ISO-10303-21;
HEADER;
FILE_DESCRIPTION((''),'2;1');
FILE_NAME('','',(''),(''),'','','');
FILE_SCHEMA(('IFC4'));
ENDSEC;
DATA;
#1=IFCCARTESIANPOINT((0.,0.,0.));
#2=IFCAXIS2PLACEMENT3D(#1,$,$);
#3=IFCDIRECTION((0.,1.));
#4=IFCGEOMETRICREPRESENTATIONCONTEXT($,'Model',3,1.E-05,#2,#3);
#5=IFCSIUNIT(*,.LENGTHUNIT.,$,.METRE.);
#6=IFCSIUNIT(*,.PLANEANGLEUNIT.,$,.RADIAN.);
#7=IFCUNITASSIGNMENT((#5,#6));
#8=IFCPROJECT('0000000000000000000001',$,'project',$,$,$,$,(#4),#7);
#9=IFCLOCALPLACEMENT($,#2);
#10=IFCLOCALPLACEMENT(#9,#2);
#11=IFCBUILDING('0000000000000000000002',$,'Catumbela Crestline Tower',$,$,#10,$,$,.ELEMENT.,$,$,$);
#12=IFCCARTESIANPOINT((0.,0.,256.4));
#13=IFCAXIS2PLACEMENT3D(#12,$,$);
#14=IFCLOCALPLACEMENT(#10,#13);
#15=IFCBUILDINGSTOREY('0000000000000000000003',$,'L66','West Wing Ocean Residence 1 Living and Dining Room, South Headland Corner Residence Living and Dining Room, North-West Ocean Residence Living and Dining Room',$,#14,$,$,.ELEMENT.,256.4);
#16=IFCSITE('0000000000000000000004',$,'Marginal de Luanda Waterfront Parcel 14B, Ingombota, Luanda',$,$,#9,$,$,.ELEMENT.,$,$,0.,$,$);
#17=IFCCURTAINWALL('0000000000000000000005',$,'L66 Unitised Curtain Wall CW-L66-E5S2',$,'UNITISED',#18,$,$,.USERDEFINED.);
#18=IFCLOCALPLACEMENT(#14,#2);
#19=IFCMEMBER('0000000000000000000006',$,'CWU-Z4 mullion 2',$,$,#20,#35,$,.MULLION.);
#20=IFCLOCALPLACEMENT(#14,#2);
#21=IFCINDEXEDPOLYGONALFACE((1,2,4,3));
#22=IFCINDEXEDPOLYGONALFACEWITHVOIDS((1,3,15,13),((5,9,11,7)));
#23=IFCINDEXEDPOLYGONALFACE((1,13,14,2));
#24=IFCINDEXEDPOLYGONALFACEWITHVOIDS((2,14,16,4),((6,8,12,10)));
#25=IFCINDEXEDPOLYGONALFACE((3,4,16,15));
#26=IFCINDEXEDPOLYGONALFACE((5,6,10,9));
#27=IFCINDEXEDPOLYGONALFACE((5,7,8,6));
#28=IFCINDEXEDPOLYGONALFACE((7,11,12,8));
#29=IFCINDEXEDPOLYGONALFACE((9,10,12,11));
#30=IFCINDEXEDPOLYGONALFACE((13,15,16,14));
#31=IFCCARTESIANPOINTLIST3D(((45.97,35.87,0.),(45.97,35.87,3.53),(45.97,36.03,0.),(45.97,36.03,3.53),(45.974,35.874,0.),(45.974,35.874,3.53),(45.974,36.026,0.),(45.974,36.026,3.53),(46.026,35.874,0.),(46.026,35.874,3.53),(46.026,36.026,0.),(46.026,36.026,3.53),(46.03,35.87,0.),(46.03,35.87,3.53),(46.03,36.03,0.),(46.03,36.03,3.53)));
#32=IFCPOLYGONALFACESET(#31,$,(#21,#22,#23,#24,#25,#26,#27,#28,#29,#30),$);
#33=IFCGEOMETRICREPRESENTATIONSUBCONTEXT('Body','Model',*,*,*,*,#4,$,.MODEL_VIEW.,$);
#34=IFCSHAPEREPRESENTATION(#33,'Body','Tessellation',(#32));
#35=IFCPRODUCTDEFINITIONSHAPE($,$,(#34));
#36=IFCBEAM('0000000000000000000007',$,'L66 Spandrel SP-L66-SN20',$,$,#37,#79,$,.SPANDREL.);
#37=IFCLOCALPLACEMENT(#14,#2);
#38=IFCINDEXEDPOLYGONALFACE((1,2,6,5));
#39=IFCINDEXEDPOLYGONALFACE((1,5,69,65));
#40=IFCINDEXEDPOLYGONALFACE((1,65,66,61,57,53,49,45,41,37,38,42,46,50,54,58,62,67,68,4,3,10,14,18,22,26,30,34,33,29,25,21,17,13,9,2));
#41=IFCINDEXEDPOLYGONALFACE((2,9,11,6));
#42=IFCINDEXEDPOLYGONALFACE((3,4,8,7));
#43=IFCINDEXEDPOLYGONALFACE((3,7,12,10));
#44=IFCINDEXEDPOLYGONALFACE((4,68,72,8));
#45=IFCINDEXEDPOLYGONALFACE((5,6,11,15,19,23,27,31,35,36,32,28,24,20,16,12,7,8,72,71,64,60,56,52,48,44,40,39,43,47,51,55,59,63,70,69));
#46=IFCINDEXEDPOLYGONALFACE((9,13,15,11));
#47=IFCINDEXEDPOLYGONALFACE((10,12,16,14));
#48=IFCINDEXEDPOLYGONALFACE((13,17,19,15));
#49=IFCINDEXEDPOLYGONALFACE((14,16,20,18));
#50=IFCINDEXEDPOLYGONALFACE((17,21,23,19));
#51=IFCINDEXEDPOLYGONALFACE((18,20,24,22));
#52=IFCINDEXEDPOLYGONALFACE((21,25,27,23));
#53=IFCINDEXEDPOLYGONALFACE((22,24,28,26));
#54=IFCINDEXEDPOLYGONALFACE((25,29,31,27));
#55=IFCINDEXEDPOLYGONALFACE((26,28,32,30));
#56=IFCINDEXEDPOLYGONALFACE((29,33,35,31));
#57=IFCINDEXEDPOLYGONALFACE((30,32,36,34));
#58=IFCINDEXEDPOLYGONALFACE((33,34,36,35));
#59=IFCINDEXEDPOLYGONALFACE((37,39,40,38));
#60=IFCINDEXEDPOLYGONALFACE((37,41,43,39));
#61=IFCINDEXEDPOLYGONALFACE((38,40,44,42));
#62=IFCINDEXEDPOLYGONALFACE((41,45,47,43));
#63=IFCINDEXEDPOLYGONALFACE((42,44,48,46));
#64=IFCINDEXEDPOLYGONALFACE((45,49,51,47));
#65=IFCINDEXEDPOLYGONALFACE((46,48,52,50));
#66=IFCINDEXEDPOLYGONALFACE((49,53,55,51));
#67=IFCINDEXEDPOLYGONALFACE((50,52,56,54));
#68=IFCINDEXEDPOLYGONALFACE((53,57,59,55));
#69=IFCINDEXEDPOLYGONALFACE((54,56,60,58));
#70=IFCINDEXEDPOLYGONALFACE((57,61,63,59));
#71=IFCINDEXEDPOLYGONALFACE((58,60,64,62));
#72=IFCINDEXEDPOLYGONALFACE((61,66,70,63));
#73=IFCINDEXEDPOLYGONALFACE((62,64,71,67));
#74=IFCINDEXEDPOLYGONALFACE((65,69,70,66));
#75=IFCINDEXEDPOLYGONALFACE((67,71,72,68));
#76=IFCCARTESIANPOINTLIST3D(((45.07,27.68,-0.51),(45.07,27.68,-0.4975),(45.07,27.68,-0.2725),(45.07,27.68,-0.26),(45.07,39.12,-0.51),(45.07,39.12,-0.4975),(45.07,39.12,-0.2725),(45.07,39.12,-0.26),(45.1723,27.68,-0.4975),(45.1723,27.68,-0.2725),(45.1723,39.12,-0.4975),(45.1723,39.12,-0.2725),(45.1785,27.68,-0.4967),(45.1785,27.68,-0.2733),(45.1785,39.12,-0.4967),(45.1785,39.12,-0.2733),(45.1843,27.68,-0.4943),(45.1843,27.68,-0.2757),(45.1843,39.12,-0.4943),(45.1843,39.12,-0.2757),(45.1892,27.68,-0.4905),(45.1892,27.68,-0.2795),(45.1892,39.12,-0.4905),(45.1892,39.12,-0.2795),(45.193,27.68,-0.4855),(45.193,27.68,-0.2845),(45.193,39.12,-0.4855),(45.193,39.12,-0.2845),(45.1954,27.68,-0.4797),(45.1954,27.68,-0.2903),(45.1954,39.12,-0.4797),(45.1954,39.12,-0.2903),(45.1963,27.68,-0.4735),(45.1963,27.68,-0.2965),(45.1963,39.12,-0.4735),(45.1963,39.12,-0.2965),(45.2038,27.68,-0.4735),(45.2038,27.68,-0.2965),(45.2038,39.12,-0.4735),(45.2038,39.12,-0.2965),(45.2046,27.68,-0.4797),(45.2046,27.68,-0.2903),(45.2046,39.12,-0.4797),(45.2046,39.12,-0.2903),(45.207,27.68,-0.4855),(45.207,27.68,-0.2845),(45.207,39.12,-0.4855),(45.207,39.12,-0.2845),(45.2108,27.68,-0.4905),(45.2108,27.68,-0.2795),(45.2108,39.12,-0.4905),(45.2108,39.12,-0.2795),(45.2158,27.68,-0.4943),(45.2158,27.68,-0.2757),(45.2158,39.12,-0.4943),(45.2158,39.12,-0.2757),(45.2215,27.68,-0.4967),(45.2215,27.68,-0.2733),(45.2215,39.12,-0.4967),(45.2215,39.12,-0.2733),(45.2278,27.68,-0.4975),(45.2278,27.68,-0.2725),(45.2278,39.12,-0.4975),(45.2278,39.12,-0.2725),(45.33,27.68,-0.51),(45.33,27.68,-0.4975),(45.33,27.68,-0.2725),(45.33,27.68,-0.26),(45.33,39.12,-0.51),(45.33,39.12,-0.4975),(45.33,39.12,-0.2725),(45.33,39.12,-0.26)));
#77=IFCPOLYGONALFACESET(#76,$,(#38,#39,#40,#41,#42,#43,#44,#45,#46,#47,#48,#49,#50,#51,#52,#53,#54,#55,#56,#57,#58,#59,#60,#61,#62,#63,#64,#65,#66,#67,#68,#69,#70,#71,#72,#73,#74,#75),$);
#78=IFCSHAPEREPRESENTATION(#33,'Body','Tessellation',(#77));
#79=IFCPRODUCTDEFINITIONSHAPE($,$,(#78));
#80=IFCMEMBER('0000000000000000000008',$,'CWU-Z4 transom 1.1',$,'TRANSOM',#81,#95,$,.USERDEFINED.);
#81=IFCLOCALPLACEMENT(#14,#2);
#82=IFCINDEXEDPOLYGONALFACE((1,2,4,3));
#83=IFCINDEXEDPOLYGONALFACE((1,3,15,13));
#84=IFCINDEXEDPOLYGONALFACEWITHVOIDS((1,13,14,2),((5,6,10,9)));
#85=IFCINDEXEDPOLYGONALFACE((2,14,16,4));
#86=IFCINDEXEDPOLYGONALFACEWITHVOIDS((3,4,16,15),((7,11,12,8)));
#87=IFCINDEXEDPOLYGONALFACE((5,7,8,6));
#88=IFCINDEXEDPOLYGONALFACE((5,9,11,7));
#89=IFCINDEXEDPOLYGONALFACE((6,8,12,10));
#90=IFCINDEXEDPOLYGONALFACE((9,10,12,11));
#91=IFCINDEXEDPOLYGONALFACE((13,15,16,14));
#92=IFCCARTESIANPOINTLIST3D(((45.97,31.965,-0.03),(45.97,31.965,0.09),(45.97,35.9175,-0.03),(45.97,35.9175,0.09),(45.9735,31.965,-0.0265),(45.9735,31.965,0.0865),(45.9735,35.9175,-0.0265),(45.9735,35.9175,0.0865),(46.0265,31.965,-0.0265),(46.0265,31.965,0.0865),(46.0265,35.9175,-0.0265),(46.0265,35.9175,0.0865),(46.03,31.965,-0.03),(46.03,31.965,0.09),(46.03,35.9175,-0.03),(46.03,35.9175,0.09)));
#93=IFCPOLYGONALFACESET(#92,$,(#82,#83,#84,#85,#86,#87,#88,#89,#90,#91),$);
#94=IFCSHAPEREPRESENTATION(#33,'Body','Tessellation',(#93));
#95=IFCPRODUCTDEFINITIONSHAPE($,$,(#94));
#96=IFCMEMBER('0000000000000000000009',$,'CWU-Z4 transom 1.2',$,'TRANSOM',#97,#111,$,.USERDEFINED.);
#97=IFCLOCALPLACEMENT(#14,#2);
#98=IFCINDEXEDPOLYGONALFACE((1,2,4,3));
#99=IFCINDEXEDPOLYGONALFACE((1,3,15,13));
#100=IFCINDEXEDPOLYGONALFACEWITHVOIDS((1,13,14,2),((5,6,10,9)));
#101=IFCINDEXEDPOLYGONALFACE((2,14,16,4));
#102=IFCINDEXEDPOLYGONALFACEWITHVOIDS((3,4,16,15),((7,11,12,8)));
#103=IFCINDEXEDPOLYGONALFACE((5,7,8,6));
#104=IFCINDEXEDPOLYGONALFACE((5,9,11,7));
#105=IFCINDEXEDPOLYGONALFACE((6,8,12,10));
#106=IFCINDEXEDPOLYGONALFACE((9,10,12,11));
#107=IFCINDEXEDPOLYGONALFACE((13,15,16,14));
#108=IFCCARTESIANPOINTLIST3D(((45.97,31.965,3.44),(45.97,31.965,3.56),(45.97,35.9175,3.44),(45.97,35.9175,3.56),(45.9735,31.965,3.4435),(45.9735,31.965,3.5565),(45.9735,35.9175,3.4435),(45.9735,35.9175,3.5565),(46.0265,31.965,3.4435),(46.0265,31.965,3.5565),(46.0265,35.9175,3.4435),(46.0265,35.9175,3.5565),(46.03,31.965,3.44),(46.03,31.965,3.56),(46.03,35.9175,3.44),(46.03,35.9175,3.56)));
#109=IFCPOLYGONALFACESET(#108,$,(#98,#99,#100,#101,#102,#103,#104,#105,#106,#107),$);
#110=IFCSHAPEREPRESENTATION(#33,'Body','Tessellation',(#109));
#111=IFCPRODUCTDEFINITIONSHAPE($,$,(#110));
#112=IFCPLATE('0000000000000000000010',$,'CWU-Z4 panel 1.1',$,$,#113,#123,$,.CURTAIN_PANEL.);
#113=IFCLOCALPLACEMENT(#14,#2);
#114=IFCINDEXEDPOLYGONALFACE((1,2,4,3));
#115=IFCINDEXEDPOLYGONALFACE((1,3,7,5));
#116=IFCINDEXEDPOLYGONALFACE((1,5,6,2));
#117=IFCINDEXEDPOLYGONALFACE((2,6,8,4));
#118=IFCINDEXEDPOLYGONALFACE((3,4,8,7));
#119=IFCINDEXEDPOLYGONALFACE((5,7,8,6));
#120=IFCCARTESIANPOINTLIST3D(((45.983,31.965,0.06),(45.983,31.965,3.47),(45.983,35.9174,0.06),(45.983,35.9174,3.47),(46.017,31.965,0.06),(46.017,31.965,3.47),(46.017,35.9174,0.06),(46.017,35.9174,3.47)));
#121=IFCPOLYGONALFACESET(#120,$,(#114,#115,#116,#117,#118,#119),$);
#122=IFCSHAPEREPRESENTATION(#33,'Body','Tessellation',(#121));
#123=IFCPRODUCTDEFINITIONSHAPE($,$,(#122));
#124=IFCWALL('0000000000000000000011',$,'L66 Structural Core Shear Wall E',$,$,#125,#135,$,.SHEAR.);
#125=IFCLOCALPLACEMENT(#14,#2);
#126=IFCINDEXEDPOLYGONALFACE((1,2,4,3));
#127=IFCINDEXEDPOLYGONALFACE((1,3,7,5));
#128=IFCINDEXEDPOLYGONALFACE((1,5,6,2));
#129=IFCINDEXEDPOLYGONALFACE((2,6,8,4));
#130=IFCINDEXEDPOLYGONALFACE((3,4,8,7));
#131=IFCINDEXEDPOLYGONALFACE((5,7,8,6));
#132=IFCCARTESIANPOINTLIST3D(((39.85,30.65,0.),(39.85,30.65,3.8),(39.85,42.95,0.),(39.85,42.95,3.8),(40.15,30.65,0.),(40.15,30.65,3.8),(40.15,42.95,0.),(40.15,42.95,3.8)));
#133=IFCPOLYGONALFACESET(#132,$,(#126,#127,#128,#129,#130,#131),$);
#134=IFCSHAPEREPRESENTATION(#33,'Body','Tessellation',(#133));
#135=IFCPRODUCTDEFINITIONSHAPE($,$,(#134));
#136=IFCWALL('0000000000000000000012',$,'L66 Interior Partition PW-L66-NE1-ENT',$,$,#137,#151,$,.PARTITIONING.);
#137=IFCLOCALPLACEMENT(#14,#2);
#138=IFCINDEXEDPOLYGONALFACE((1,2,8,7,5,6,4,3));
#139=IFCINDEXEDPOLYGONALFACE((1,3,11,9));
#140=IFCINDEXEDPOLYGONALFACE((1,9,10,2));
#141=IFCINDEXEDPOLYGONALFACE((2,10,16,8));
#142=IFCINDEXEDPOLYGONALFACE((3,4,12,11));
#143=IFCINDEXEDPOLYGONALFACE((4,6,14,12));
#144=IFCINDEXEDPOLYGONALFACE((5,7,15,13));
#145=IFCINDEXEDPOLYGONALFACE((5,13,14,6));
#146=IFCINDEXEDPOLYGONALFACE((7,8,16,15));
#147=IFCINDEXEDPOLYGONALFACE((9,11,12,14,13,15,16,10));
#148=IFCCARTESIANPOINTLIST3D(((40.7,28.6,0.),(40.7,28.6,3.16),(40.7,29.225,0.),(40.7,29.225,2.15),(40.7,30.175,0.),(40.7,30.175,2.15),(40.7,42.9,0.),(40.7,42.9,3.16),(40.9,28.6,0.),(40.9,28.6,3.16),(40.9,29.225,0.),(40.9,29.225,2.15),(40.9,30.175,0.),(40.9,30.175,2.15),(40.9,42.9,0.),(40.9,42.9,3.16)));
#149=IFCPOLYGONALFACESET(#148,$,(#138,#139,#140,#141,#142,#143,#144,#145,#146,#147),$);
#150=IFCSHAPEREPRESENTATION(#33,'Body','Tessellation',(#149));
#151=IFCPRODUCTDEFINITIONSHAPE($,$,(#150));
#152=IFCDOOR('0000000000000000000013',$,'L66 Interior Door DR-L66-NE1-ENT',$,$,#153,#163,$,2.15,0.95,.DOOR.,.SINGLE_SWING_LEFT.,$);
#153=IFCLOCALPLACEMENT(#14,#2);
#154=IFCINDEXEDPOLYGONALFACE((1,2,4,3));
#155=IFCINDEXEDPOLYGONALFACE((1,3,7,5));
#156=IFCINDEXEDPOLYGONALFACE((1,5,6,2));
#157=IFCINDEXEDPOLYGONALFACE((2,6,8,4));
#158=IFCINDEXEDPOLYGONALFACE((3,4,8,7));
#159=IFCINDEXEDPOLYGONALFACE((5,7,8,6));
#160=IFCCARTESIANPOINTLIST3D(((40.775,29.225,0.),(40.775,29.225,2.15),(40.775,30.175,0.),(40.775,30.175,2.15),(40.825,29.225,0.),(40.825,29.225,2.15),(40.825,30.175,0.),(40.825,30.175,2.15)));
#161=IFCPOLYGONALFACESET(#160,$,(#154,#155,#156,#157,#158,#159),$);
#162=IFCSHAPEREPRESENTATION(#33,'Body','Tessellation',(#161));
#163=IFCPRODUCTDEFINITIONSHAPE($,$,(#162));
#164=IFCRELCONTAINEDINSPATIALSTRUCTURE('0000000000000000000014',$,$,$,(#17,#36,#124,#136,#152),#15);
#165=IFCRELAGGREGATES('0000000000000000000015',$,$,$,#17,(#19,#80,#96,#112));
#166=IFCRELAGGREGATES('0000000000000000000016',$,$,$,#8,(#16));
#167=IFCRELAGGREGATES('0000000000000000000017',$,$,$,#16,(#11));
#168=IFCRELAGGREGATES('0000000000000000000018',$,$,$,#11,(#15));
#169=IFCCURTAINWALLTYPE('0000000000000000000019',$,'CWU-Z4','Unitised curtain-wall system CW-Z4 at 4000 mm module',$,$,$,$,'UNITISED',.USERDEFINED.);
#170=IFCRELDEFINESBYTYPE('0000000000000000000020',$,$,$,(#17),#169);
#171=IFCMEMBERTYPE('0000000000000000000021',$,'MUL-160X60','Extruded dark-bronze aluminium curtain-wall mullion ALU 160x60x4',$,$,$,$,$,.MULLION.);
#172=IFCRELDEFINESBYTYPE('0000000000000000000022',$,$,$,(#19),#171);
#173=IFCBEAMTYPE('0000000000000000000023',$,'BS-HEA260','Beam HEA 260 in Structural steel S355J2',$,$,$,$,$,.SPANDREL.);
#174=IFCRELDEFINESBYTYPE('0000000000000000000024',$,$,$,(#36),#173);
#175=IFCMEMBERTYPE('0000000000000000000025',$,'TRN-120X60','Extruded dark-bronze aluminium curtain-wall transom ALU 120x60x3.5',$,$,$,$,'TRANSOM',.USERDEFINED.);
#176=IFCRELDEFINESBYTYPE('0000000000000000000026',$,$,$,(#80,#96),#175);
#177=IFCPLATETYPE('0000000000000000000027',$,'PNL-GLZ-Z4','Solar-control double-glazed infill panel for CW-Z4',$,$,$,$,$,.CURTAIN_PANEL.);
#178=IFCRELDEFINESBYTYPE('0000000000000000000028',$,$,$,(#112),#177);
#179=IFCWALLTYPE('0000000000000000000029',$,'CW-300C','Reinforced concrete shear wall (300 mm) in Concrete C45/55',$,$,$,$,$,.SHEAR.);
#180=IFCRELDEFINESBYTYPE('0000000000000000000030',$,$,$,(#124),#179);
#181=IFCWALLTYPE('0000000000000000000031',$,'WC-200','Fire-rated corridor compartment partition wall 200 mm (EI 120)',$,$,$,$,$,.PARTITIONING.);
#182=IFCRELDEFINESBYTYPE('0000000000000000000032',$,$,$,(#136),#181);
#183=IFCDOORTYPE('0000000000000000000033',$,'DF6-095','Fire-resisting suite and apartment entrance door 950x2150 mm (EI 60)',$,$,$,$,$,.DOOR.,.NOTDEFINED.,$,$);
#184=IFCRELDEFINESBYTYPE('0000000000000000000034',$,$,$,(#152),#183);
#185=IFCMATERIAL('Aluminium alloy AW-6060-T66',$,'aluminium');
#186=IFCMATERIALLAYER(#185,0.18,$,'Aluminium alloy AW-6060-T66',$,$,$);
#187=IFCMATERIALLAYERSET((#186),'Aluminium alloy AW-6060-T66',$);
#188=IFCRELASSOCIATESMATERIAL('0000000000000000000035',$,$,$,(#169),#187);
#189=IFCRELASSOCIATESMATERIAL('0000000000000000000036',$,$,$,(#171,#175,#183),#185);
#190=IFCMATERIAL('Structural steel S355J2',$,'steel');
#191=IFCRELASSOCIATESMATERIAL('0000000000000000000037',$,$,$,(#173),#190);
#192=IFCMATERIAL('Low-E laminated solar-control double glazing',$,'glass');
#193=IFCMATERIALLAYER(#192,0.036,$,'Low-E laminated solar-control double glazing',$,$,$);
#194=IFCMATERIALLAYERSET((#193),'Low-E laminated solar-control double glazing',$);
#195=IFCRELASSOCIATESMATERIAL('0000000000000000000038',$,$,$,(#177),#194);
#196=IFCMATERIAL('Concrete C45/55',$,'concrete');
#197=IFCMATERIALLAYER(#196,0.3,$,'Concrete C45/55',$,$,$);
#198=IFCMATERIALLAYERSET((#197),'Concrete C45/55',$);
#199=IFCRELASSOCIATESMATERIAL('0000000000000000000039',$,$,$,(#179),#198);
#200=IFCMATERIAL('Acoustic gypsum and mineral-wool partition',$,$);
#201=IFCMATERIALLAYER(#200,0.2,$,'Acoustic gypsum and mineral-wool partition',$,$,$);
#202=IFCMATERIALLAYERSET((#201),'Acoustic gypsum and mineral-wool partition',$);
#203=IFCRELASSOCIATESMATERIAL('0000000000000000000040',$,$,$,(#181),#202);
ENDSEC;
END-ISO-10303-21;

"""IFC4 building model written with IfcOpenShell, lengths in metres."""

from ifc_helpers import new_model, si_unit, direction, frame, frame_2d, origin, origin_2d, place, context, subcontext, project, spatial, rectangle, hollow_rectangle, i_section, extrude, material, layer, layer_set, material_profile, profile_set, type_object, element, fill, aggregate, save


model = new_model("IFC4")

# Units and contexts
model_context = context("Model", 3, precision=1e-05, world=origin(), true_north=direction((0.0, 1.0)))
body_context = subcontext(model_context, "Body", "Model", "MODEL_VIEW")
ifc_project = project(units=[si_unit("LENGTHUNIT", "METRE"), si_unit("PLANEANGLEUNIT", "RADIAN")], contexts=[model_context])

# Site, building, storey
site_placement = place(None, origin())
site = spatial("IfcSite", under=ifc_project, at=site_placement, Name="Marginal de Luanda Waterfront Parcel 14B, Ingombota, Luanda", CompositionType="ELEMENT", RefElevation=0.0)
building_placement = place(site_placement, origin())
building = spatial("IfcBuilding", under=site, at=building_placement, Name="Catumbela Crestline Tower", CompositionType="ELEMENT")
storey_placement = place(building_placement, frame((0.0, 0.0, 256.4)))
storey = spatial("IfcBuildingStorey", under=building, at=storey_placement, Name="L66", Description="West Wing Ocean Residence 1 Living and Dining Room, South Headland Corner Residence Living and Dining Room, North-West Ocean Residence Living and Dining Room", CompositionType="ELEMENT", Elevation=256.4)

# Shared definitions
ifc_material_1 = material(Name="Concrete C45/55", Category="concrete")
ifc_material_2 = material(Name="Structural steel S355J2", Category="steel")

# Curtain wall, member
ifc_material_3 = material(Name="Aluminium alloy AW-6060-T66", Category="aluminium")
ifc_layer_1 = layer(ifc_material_3, 0.18, Name="Aluminium alloy AW-6060-T66")
ifc_layer_set_1 = layer_set([ifc_layer_1], Name="Aluminium alloy AW-6060-T66")
curtain_wall_type = type_object("IfcCurtainWallType", Name="CWU-Z4", Description="Unitised curtain-wall system CW-Z4 at 4000 mm module", ElementType="UNITISED", PredefinedType="USERDEFINED", material=ifc_layer_set_1)
curtain_wall_placement = place(storey_placement, origin())
curtain_wall = element("IfcCurtainWall", 1, at=curtain_wall_placement, inside=storey, type_object=curtain_wall_type, Name="L66 Unitised Curtain Wall CW-L66-E5S2", ObjectType="UNITISED", PredefinedType="USERDEFINED")
ifc_material_profile_1 = material_profile(ifc_material_3, hollow_rectangle(XDim=0.06, YDim=0.16, WallThickness=0.004, at=origin_2d()), Name="ALU 160x60x4")
ifc_profile_set_1 = profile_set([ifc_material_profile_1], Name="Aluminium alloy AW-6060-T66")
member_type_1 = type_object("IfcMemberType", Name="MUL-160X60", Description="Extruded dark-bronze aluminium curtain-wall mullion ALU 160x60x4", PredefinedType="MULLION", material=ifc_profile_set_1)
member_1_placement = place(storey_placement, frame((46.0, 35.95, 0.0), z_axis=(0.0, 0.0, 1.0), x_axis=(-1.0, 0.0, 0.0)))
member_1 = element("IfcMember", 2, at=member_1_placement, type_object=member_type_1, Name="CWU-Z4 mullion 2", PredefinedType="MULLION", context=body_context, shape_type="SweptSolid", body=[
    extrude(hollow_rectangle(XDim=0.06, YDim=0.16, WallThickness=0.004, at=origin_2d()), origin(), (0.0, 0.0, 1.0), 3.53),
])

# Beam
ifc_material_profile_2 = material_profile(ifc_material_2, i_section(OverallWidth=0.26, OverallDepth=0.25, WebThickness=0.0075, FlangeThickness=0.0125, FilletRadius=0.024, at=origin_2d()), Name="HEA 260")
ifc_profile_set_2 = profile_set([ifc_material_profile_2], Name="Structural steel S355J2")
beam_type_1 = type_object("IfcBeamType", Name="BS-HEA260", Description="Beam HEA 260 in Structural steel S355J2", PredefinedType="SPANDREL", material=ifc_profile_set_2)
beam_1_placement = place(storey_placement, frame((45.2, 27.68, -0.385), z_axis=(0.0, 1.0, 0.0), x_axis=(-1.0, 0.0, 0.0)))
element("IfcBeam", 3, at=beam_1_placement, inside=storey, type_object=beam_type_1, Name="L66 Spandrel SP-L66-SN20", PredefinedType="SPANDREL", context=body_context, shape_type="SweptSolid", body=[
    extrude(i_section(OverallWidth=0.26, OverallDepth=0.25, WebThickness=0.0075, FlangeThickness=0.0125, FilletRadius=0.024, at=origin_2d()), origin(), (0.0, 0.0, 1.0), 11.44),
])

# Members
ifc_material_profile_3 = material_profile(ifc_material_3, hollow_rectangle(XDim=0.06, YDim=0.12, WallThickness=0.0035, at=origin_2d()), Name="ALU 120x60x3.5")
ifc_profile_set_3 = profile_set([ifc_material_profile_3], Name="Aluminium alloy AW-6060-T66")
member_type_2 = type_object("IfcMemberType", Name="TRN-120X60", Description="Extruded dark-bronze aluminium curtain-wall transom ALU 120x60x3.5", ElementType="TRANSOM", PredefinedType="USERDEFINED", material=ifc_profile_set_3)
member_2_placement = place(storey_placement, frame((46.0, 31.965, 0.03), z_axis=(0.0, 1.0, 0.0), x_axis=(-1.0, 0.0, 0.0)))
member_2 = element("IfcMember", 4, at=member_2_placement, type_object=member_type_2, Name="CWU-Z4 transom 1.1", ObjectType="TRANSOM", PredefinedType="USERDEFINED", context=body_context, shape_type="SweptSolid", body=[
    extrude(hollow_rectangle(XDim=0.06, YDim=0.12, WallThickness=0.0035, at=origin_2d()), origin(), (0.0, 0.0, 1.0), 3.9525),
])
member_3_placement = place(storey_placement, frame((46.0, 31.965, 3.5), z_axis=(0.0, 1.0, 0.0), x_axis=(-1.0, 0.0, 0.0)))
member_3 = element("IfcMember", 5, at=member_3_placement, type_object=member_type_2, Name="CWU-Z4 transom 1.2", ObjectType="TRANSOM", PredefinedType="USERDEFINED", context=body_context, shape_type="SweptSolid", body=[
    extrude(hollow_rectangle(XDim=0.06, YDim=0.12, WallThickness=0.0035, at=origin_2d()), origin(), (0.0, 0.0, 1.0), 3.9525),
])

# Plate
ifc_material_4 = material(Name="Low-E laminated solar-control double glazing", Category="glass")
ifc_layer_2 = layer(ifc_material_4, 0.036, Name="Low-E laminated solar-control double glazing")
ifc_layer_set_2 = layer_set([ifc_layer_2], Name="Low-E laminated solar-control double glazing")
plate_type = type_object("IfcPlateType", Name="PNL-GLZ-Z4", Description="Solar-control double-glazed infill panel for CW-Z4", PredefinedType="CURTAIN_PANEL", material=ifc_layer_set_2)
plate_placement = place(storey_placement, frame((46.0, 33.9412, 0.06), z_axis=(0.0, 0.0, 1.0), x_axis=(0.0, 1.0, 0.0)))
plate = element("IfcPlate", 6, at=plate_placement, type_object=plate_type, Name="CWU-Z4 panel 1.1", PredefinedType="CURTAIN_PANEL", context=body_context, shape_type="SweptSolid", body=[
    extrude(rectangle(XDim=3.9525, YDim=0.034, at=origin_2d()), origin(), (0.0, 0.0, 1.0), 3.41),
])
aggregate(curtain_wall, [member_1, member_2, member_3, plate])

# Wall
ifc_layer_3 = layer(ifc_material_1, 0.3, Name="Concrete C45/55")
ifc_layer_set_3 = layer_set([ifc_layer_3], Name="Concrete C45/55")
wall_type_1 = type_object("IfcWallType", Name="CW-300C", Description="Reinforced concrete shear wall (300 mm) in Concrete C45/55", PredefinedType="SHEAR", material=ifc_layer_set_3)
wall_1_placement = place(storey_placement, frame((40.0, 30.65, 0.0), z_axis=(0.0, 0.0, 1.0), x_axis=(0.0, 1.0, 0.0)))
element("IfcWall", 7, at=wall_1_placement, inside=storey, type_object=wall_type_1, Name="L66 Structural Core Shear Wall E", PredefinedType="SHEAR", context=body_context, shape_type="SweptSolid", body=[
    extrude(rectangle(XDim=12.3, YDim=0.3, at=frame_2d((6.15, 0.0))), origin(), (0.0, 0.0, 1.0), 3.8),
])

# Wall, opening, door
ifc_material_5 = material(Name="Acoustic gypsum and mineral-wool partition")
ifc_layer_4 = layer(ifc_material_5, 0.2, Name="Acoustic gypsum and mineral-wool partition")
ifc_layer_set_4 = layer_set([ifc_layer_4], Name="Acoustic gypsum and mineral-wool partition")
wall_type_2 = type_object("IfcWallType", Name="WC-200", Description="Fire-rated corridor compartment partition wall 200 mm (EI 120)", PredefinedType="PARTITIONING", material=ifc_layer_set_4)
wall_2_placement = place(storey_placement, frame((40.8, 28.6, 0.0), z_axis=(0.0, 0.0, 1.0), x_axis=(0.0, 1.0, 0.0)))
wall_2 = element("IfcWall", 8, at=wall_2_placement, inside=storey, type_object=wall_type_2, Name="L66 Interior Partition PW-L66-NE1-ENT", PredefinedType="PARTITIONING", context=body_context, shape_type="SweptSolid", body=[
    extrude(rectangle(XDim=14.3, YDim=0.2, at=frame_2d((7.15, 0.0))), origin(), (0.0, 0.0, 1.0), 3.16),
])
opening_1_placement = place(wall_2_placement, frame((0.625, 0.0, 0.0)))
opening_1 = element("IfcOpeningElement", 9, at=opening_1_placement, cuts=wall_2, PredefinedType="OPENING", context=body_context, shape_type="SweptSolid", body=[
    extrude(rectangle(XDim=0.95, YDim=2.15, at=frame_2d((0.475, 1.075))), frame((0.0, 0.11, 0.0), z_axis=(0.0, -1.0, 0.0), x_axis=(1.0, 0.0, 0.0)), (0.0, 0.0, 1.0), 0.22),
])
door_type_1 = type_object("IfcDoorType", Name="DF6-095", Description="Fire-resisting suite and apartment entrance door 950x2150 mm (EI 60)", OperationType="NOTDEFINED", PredefinedType="DOOR", material=ifc_material_3)
door_1_placement = place(opening_1_placement, origin())
door_1 = element("IfcDoor", 10, at=door_1_placement, inside=storey, type_object=door_type_1, Name="L66 Interior Door DR-L66-NE1-ENT", OperationType="SINGLE_SWING_LEFT", OverallHeight=2.15, OverallWidth=0.95, PredefinedType="DOOR", context=body_context, shape_type="SweptSolid", body=[
    extrude(rectangle(XDim=0.95, YDim=2.15, at=frame_2d((0.475, 1.075))), frame((0.0, 0.025, 0.0), z_axis=(0.0, -1.0, 0.0), x_axis=(1.0, 0.0, 0.0)), (0.0, 0.0, 1.0), 0.05),
])
fill(opening_1, door_1)

save(model, "model.ifc")
